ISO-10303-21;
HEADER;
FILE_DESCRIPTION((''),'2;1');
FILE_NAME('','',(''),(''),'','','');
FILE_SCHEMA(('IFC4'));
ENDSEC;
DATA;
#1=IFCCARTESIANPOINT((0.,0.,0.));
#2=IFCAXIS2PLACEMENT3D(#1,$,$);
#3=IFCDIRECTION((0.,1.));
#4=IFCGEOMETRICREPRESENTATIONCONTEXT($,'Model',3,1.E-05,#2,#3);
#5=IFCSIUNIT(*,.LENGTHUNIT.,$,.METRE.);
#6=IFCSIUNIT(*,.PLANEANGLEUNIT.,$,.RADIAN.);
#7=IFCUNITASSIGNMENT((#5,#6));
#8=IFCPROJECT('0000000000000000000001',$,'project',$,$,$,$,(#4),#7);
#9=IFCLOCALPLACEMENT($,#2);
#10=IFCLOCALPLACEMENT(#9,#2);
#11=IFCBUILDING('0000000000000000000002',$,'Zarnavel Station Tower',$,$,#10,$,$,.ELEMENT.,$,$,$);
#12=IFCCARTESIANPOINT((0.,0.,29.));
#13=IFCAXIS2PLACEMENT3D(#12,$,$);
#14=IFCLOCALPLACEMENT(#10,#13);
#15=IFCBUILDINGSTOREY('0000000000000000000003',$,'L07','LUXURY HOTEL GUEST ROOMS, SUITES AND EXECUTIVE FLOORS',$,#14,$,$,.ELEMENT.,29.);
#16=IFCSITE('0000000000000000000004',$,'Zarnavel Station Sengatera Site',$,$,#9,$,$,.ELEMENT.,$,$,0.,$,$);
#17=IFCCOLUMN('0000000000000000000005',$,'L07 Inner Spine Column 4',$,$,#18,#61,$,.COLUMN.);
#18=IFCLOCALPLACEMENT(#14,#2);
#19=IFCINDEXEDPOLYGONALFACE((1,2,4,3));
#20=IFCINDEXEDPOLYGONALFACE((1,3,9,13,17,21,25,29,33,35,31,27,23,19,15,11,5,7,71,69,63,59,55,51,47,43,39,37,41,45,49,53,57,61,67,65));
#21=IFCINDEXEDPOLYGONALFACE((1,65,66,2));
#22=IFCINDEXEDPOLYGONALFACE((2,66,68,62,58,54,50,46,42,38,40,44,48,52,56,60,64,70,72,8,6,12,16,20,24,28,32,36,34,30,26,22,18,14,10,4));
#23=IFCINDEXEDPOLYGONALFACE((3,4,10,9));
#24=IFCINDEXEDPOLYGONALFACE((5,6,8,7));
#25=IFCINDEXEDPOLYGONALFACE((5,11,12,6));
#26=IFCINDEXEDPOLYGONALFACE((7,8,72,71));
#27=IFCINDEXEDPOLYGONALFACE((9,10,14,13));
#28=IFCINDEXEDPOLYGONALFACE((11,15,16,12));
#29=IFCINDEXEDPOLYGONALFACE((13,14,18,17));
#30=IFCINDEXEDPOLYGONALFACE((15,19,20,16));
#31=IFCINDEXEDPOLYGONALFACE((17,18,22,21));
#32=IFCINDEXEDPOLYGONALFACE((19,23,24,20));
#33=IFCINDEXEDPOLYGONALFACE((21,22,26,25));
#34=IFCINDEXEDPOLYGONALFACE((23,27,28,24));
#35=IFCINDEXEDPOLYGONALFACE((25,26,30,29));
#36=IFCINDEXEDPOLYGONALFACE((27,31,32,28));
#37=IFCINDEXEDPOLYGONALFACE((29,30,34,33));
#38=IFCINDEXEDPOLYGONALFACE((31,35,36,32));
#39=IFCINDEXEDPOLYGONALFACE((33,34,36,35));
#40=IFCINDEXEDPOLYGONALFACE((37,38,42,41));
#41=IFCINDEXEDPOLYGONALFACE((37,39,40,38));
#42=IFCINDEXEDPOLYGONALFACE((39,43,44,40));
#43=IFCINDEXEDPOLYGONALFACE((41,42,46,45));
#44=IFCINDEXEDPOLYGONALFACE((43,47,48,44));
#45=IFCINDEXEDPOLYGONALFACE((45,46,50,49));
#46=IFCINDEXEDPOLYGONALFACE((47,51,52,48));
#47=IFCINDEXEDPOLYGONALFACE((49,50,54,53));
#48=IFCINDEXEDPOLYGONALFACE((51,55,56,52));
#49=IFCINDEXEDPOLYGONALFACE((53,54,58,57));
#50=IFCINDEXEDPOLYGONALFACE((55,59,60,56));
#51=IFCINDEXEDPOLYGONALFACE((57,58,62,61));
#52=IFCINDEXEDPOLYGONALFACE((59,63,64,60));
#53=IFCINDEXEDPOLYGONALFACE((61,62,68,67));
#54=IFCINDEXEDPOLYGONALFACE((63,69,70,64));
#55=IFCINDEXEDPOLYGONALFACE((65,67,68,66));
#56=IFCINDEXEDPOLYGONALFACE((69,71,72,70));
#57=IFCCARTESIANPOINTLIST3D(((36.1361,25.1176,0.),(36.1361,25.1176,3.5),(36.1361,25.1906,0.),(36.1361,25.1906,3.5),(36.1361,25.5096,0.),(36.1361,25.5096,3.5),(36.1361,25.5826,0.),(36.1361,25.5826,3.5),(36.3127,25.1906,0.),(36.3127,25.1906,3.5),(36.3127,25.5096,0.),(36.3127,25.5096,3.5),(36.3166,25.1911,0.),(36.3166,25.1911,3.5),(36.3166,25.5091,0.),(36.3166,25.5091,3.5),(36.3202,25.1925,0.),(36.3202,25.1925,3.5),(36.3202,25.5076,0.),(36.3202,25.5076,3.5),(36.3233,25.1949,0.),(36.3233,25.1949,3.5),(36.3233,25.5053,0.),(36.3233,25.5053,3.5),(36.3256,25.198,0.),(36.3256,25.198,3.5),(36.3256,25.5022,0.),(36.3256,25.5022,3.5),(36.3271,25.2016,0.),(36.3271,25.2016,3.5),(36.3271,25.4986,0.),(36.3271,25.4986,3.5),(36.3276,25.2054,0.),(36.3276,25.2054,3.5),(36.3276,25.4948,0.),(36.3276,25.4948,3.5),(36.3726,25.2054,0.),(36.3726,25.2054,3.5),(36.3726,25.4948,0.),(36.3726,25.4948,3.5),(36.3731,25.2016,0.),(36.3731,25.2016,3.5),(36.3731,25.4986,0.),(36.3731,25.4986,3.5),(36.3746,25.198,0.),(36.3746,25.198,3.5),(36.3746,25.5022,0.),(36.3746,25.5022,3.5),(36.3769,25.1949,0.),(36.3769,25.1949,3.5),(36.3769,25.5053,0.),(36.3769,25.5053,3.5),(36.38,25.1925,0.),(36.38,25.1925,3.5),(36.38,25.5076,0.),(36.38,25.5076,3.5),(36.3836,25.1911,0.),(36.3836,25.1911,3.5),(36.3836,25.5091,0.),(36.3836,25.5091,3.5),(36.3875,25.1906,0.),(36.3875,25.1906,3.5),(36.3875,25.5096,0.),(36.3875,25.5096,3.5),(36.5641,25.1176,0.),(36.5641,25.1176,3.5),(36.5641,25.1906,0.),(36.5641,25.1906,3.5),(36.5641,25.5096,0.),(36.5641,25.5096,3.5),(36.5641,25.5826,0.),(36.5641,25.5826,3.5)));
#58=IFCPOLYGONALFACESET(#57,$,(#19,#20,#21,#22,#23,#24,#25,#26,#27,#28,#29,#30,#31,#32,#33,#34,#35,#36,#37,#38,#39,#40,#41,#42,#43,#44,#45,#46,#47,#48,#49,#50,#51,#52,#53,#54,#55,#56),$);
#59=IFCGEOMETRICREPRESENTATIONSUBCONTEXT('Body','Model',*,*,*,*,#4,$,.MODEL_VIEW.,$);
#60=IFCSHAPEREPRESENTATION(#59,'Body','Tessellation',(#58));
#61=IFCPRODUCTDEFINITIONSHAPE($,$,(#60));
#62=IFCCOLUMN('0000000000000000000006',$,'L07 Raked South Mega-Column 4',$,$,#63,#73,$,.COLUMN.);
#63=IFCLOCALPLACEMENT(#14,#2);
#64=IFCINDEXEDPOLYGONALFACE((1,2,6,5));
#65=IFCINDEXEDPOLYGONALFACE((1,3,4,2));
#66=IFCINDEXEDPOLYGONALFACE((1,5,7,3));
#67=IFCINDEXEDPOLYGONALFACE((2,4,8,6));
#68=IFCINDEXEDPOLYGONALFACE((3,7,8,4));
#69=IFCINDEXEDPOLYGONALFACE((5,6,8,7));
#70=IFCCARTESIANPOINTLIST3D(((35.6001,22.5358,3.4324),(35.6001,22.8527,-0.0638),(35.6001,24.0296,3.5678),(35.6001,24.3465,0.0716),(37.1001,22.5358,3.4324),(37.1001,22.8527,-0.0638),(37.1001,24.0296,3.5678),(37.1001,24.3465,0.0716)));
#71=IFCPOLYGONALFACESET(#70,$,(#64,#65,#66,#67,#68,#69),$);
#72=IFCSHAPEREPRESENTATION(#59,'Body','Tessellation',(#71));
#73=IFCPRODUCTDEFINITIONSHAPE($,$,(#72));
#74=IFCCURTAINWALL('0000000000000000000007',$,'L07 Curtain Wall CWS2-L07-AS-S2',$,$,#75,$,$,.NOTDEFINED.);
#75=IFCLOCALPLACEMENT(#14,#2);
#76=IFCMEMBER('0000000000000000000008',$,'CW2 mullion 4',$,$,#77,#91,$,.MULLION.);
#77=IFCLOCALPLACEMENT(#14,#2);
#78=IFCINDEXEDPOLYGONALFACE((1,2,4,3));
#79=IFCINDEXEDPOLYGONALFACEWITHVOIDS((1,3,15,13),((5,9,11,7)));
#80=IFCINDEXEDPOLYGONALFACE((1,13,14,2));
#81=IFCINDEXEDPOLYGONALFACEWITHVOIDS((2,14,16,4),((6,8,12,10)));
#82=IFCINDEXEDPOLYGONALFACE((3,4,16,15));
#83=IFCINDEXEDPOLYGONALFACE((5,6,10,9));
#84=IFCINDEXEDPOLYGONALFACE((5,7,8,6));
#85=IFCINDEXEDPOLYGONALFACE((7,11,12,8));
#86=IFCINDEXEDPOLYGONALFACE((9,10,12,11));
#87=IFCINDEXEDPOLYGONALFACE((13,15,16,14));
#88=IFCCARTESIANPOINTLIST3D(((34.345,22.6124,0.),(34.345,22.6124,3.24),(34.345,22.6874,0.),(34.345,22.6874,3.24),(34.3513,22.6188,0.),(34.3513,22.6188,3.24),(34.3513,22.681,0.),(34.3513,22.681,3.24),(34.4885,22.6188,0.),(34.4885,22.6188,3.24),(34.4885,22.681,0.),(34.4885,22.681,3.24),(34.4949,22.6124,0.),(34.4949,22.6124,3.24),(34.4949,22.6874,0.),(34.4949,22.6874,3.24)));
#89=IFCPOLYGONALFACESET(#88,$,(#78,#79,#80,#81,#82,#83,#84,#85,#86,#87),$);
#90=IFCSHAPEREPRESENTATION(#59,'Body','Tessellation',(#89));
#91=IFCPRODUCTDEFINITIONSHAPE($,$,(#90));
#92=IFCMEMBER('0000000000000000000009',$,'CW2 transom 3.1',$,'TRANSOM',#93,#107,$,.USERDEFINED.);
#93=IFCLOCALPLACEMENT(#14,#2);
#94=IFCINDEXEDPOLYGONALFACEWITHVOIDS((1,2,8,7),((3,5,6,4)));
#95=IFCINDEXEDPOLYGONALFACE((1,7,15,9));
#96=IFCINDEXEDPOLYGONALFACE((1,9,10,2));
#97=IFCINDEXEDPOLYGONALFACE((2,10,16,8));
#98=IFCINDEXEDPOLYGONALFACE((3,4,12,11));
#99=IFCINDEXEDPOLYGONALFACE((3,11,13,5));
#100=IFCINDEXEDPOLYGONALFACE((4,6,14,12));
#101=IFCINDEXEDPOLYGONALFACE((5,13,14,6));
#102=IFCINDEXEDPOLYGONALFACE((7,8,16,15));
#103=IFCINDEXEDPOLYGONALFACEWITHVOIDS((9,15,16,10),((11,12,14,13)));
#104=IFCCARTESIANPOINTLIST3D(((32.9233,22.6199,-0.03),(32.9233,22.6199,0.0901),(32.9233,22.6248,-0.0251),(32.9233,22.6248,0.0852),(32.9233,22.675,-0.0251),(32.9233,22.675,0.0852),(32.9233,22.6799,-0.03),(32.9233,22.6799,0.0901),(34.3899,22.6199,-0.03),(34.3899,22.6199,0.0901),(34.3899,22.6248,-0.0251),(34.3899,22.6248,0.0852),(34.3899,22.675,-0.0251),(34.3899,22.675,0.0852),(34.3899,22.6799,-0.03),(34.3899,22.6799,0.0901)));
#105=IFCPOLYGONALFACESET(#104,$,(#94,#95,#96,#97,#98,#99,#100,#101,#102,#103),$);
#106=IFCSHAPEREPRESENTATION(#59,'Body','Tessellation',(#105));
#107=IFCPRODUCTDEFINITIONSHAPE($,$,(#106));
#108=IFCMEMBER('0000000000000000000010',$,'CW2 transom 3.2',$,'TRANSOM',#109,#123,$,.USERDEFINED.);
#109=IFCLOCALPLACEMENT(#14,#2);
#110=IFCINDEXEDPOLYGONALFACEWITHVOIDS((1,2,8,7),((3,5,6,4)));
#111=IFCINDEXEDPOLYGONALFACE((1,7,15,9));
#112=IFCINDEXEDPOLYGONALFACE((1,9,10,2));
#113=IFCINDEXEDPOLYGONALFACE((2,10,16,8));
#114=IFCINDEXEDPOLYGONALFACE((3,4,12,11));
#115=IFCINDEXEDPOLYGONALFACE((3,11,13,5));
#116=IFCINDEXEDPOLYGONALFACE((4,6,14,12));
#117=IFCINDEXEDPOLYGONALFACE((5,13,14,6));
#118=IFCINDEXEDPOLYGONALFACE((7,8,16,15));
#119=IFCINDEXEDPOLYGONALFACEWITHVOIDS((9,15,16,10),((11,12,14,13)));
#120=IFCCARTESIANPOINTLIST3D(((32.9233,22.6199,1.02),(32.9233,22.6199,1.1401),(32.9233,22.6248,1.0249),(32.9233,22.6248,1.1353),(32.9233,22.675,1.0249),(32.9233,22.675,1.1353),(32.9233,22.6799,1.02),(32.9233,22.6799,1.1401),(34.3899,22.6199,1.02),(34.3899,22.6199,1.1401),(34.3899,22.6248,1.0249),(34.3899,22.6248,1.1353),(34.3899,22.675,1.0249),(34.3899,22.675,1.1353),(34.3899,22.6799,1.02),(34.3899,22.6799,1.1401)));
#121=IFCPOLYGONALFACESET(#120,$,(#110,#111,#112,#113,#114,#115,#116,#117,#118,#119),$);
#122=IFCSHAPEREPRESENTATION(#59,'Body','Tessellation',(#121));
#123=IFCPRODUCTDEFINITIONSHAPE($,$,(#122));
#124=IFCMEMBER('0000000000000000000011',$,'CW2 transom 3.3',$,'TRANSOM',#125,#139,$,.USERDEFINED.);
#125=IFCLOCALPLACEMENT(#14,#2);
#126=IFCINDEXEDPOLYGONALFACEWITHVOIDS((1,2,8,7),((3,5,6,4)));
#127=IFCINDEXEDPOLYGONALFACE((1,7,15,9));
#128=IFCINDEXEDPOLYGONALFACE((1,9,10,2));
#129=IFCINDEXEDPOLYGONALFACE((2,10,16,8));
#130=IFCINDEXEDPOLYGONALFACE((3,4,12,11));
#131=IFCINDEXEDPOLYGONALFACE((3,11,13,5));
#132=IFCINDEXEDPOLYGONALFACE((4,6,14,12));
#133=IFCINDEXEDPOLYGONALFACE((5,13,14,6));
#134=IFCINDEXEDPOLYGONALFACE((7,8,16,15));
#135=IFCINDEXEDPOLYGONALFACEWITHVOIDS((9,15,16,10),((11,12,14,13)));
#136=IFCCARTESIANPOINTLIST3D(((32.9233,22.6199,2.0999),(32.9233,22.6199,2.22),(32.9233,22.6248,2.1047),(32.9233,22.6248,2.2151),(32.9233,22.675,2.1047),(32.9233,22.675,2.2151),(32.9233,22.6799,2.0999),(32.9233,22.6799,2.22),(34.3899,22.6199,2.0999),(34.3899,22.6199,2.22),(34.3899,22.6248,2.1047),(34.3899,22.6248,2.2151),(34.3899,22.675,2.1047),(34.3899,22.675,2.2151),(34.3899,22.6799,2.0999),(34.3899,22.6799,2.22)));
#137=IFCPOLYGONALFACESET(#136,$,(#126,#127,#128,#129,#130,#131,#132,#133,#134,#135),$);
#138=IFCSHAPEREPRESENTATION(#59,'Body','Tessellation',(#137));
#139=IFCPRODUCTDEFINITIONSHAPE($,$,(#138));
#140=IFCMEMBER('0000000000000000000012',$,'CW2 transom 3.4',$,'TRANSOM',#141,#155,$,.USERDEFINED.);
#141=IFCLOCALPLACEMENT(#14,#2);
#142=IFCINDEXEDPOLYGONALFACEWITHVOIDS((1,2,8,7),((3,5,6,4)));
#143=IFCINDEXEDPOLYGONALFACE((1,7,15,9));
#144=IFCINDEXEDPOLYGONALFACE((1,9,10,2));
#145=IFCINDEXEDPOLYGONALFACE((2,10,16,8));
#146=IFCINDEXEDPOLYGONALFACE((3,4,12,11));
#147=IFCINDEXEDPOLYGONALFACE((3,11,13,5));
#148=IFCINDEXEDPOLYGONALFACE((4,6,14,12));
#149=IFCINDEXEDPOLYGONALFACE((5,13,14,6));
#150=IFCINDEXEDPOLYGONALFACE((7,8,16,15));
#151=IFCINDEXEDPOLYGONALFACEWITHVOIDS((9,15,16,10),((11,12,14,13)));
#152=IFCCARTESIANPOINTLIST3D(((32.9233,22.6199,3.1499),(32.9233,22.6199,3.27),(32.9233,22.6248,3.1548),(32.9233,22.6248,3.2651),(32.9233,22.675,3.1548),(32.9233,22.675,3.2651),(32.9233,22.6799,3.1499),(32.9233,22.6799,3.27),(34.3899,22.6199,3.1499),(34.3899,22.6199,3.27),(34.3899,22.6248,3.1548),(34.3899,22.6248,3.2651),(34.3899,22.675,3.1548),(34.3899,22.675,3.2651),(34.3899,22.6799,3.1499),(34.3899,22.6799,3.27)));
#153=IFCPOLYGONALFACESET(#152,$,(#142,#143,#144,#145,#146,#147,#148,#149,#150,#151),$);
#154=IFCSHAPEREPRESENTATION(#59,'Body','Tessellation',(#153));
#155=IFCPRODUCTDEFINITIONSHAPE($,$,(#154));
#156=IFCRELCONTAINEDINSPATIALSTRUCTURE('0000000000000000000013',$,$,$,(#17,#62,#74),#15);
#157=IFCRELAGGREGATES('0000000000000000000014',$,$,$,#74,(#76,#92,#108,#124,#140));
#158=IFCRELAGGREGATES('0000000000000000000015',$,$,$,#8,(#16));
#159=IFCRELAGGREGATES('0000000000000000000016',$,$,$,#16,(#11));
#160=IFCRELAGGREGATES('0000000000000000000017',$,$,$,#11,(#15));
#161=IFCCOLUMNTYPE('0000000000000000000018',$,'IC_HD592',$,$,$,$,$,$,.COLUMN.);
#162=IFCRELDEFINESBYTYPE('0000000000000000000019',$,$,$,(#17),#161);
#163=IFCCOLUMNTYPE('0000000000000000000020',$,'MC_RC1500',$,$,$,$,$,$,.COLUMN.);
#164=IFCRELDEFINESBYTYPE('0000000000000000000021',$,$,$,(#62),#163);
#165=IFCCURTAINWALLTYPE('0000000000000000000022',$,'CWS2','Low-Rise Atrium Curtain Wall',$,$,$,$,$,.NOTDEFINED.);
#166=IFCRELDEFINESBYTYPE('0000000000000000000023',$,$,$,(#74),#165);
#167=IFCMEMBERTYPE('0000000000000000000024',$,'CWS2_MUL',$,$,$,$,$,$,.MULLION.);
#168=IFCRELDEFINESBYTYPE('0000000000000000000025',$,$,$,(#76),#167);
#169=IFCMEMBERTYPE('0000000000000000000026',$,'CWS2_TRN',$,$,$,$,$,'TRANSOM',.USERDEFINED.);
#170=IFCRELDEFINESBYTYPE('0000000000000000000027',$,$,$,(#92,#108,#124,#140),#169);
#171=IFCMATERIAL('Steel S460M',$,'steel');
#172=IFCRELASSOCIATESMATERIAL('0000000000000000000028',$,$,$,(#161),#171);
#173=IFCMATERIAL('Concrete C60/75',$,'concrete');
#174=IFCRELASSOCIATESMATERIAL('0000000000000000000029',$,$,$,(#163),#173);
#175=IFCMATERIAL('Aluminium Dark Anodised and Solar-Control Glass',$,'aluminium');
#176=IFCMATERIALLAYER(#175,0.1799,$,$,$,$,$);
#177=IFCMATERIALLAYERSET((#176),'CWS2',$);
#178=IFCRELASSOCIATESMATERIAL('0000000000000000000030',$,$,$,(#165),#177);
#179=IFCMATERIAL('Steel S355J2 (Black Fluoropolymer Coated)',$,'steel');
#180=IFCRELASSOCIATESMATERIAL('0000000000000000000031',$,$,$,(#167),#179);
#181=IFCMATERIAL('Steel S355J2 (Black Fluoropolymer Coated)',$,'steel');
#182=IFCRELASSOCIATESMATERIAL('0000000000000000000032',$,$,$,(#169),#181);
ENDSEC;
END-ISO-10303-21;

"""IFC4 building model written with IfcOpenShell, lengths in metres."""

from ifc_helpers import new_model, si_unit, direction, frame, origin, origin_2d, place, context, subcontext, project, spatial, rectangle, hollow_rectangle, i_section, extrude, material, layer, layer_set, material_profile, profile_set, type_object, element, aggregate, save


model = new_model("IFC4")

# Units and contexts
model_context = context("Model", 3, precision=1e-05, world=origin(), true_north=direction((0.0, 1.0)))
body_context = subcontext(model_context, "Body", "Model", "MODEL_VIEW")
ifc_project = project(units=[si_unit("LENGTHUNIT", "METRE"), si_unit("PLANEANGLEUNIT", "RADIAN")], contexts=[model_context])

# Site, building, storey
site_placement = place(None, origin())
site = spatial("IfcSite", under=ifc_project, at=site_placement, Name="Zarnavel Station Sengatera Site", CompositionType="ELEMENT", RefElevation=0.0)
building_placement = place(site_placement, origin())
building = spatial("IfcBuilding", under=site, at=building_placement, Name="Zarnavel Station Tower", CompositionType="ELEMENT")
storey_placement = place(building_placement, frame((0.0, 0.0, 29.0)))
storey = spatial("IfcBuildingStorey", under=building, at=storey_placement, Name="L07", Description="LUXURY HOTEL GUEST ROOMS, SUITES AND EXECUTIVE FLOORS", CompositionType="ELEMENT", Elevation=29.0)

# Columns
ifc_material_1 = material(Name="Steel S460M", Category="steel")
ifc_material_profile_1 = material_profile(ifc_material_1, i_section(OverallWidth=0.428, OverallDepth=0.4651, WebThickness=0.0449, FlangeThickness=0.073, FilletRadius=0.0149, at=origin_2d()), Name="HD400x592")
ifc_profile_set_1 = profile_set([ifc_material_profile_1], Name="Steel S460M")
column_type_1 = type_object("IfcColumnType", Name="IC_HD592", PredefinedType="COLUMN", material=ifc_profile_set_1)
column_1_placement = place(storey_placement, frame((36.3501, 25.3501, 0.0), z_axis=(0.0, 0.0, 1.0), x_axis=(1.0, 0.0, 0.0)))
element("IfcColumn", 1, at=column_1_placement, inside=storey, type_object=column_type_1, Name="L07 Inner Spine Column 4", PredefinedType="COLUMN", context=body_context, shape_type="SweptSolid", body=[
    extrude(i_section(OverallWidth=0.428, OverallDepth=0.4651, WebThickness=0.0449, FlangeThickness=0.073, FilletRadius=0.0149, at=origin_2d()), origin(), (0.0, 0.0, 1.0), 3.5),
])
ifc_material_2 = material(Name="Concrete C60/75", Category="concrete")
ifc_material_profile_2 = material_profile(ifc_material_2, rectangle(XDim=1.5, YDim=1.5, at=origin_2d()), Name="RC1500x1500")
ifc_profile_set_2 = profile_set([ifc_material_profile_2], Name="Concrete C60/75")
column_type_2 = type_object("IfcColumnType", Name="MC_RC1500", PredefinedType="COLUMN", material=ifc_profile_set_2)
column_2_placement = place(storey_placement, frame((36.3501, 23.5996, 0.0039), z_axis=(0.0, -0.090272, 0.995917), x_axis=(1.0, 0.0, 0.0)))
element("IfcColumn", 2, at=column_2_placement, inside=storey, type_object=column_type_2, Name="L07 Raked South Mega-Column 4", PredefinedType="COLUMN", context=body_context, shape_type="SweptSolid", body=[
    extrude(rectangle(XDim=1.5, YDim=1.5, at=origin_2d()), origin(), (0.0, 0.0, 1.0), 3.5105),
])

# Curtain wall, members
ifc_material_3 = material(Name="Aluminium Dark Anodised and Solar-Control Glass", Category="aluminium")
ifc_layer_1 = layer(ifc_material_3, 0.1799)
ifc_layer_set_1 = layer_set([ifc_layer_1], Name="CWS2")
curtain_wall_type = type_object("IfcCurtainWallType", Name="CWS2", Description="Low-Rise Atrium Curtain Wall", PredefinedType="NOTDEFINED", material=ifc_layer_set_1)
curtain_wall_placement = place(storey_placement, origin())
curtain_wall = element("IfcCurtainWall", 3, at=curtain_wall_placement, inside=storey, type_object=curtain_wall_type, Name="L07 Curtain Wall CWS2-L07-AS-S2", PredefinedType="NOTDEFINED")
ifc_material_4 = material(Name="Steel S355J2 (Black Fluoropolymer Coated)", Category="steel")
ifc_material_profile_3 = material_profile(ifc_material_4, hollow_rectangle(XDim=0.075, YDim=0.1499, WallThickness=0.0063, at=origin_2d()), Name="RHS150x75x6.3")
ifc_profile_set_3 = profile_set([ifc_material_profile_3], Name="Steel S355J2 (Black Fluoropolymer Coated)")
member_type_1 = type_object("IfcMemberType", Name="CWS2_MUL", PredefinedType="MULLION", material=ifc_profile_set_3)
member_1_placement = place(storey_placement, frame((34.4199, 22.6499, 0.0), z_axis=(0.0, 0.0, 1.0), x_axis=(0.0, 1.0, 0.0)))
member_1 = element("IfcMember", 4, at=member_1_placement, type_object=member_type_1, Name="CW2 mullion 4", PredefinedType="MULLION", context=body_context, shape_type="SweptSolid", body=[
    extrude(hollow_rectangle(XDim=0.075, YDim=0.1499, WallThickness=0.0063, at=origin_2d()), origin(), (0.0, 0.0, 1.0), 3.24),
])
ifc_material_5 = material(Name="Steel S355J2 (Black Fluoropolymer Coated)", Category="steel")
ifc_material_profile_4 = material_profile(ifc_material_5, hollow_rectangle(XDim=0.0601, YDim=0.1201, WallThickness=0.0049, at=origin_2d()), Name="RHS120x60x5")
ifc_profile_set_4 = profile_set([ifc_material_profile_4], Name="Steel S355J2 (Black Fluoropolymer Coated)")
member_type_2 = type_object("IfcMemberType", Name="CWS2_TRN", ElementType="TRANSOM", PredefinedType="USERDEFINED", material=ifc_profile_set_4)
member_2_placement = place(storey_placement, frame((32.9233, 22.6499, 0.03), z_axis=(1.0, 0.0, 0.0), x_axis=(0.0, 1.0, 0.0)))
member_2 = element("IfcMember", 5, at=member_2_placement, type_object=member_type_2, Name="CW2 transom 3.1", ObjectType="TRANSOM", PredefinedType="USERDEFINED", context=body_context, shape_type="SweptSolid", body=[
    extrude(hollow_rectangle(XDim=0.0601, YDim=0.1201, WallThickness=0.0049, at=origin_2d()), origin(), (0.0, 0.0, 1.0), 1.4666),
])
member_3_placement = place(storey_placement, frame((32.9233, 22.6499, 1.0801), z_axis=(1.0, 0.0, 0.0), x_axis=(0.0, 1.0, 0.0)))
member_3 = element("IfcMember", 6, at=member_3_placement, type_object=member_type_2, Name="CW2 transom 3.2", ObjectType="TRANSOM", PredefinedType="USERDEFINED", context=body_context, shape_type="SweptSolid", body=[
    extrude(hollow_rectangle(XDim=0.0601, YDim=0.1201, WallThickness=0.0049, at=origin_2d()), origin(), (0.0, 0.0, 1.0), 1.4666),
])
member_4_placement = place(storey_placement, frame((32.9233, 22.6499, 2.1599), z_axis=(1.0, 0.0, 0.0), x_axis=(0.0, 1.0, 0.0)))
member_4 = element("IfcMember", 7, at=member_4_placement, type_object=member_type_2, Name="CW2 transom 3.3", ObjectType="TRANSOM", PredefinedType="USERDEFINED", context=body_context, shape_type="SweptSolid", body=[
    extrude(hollow_rectangle(XDim=0.0601, YDim=0.1201, WallThickness=0.0049, at=origin_2d()), origin(), (0.0, 0.0, 1.0), 1.4666),
])
member_5_placement = place(storey_placement, frame((32.9233, 22.6499, 3.21), z_axis=(1.0, 0.0, 0.0), x_axis=(0.0, 1.0, 0.0)))
member_5 = element("IfcMember", 8, at=member_5_placement, type_object=member_type_2, Name="CW2 transom 3.4", ObjectType="TRANSOM", PredefinedType="USERDEFINED", context=body_context, shape_type="SweptSolid", body=[
    extrude(hollow_rectangle(XDim=0.0601, YDim=0.1201, WallThickness=0.0049, at=origin_2d()), origin(), (0.0, 0.0, 1.0), 1.4666),
])

aggregate(curtain_wall, [member_1, member_2, member_3, member_4, member_5])

save(model, "model.ifc")
